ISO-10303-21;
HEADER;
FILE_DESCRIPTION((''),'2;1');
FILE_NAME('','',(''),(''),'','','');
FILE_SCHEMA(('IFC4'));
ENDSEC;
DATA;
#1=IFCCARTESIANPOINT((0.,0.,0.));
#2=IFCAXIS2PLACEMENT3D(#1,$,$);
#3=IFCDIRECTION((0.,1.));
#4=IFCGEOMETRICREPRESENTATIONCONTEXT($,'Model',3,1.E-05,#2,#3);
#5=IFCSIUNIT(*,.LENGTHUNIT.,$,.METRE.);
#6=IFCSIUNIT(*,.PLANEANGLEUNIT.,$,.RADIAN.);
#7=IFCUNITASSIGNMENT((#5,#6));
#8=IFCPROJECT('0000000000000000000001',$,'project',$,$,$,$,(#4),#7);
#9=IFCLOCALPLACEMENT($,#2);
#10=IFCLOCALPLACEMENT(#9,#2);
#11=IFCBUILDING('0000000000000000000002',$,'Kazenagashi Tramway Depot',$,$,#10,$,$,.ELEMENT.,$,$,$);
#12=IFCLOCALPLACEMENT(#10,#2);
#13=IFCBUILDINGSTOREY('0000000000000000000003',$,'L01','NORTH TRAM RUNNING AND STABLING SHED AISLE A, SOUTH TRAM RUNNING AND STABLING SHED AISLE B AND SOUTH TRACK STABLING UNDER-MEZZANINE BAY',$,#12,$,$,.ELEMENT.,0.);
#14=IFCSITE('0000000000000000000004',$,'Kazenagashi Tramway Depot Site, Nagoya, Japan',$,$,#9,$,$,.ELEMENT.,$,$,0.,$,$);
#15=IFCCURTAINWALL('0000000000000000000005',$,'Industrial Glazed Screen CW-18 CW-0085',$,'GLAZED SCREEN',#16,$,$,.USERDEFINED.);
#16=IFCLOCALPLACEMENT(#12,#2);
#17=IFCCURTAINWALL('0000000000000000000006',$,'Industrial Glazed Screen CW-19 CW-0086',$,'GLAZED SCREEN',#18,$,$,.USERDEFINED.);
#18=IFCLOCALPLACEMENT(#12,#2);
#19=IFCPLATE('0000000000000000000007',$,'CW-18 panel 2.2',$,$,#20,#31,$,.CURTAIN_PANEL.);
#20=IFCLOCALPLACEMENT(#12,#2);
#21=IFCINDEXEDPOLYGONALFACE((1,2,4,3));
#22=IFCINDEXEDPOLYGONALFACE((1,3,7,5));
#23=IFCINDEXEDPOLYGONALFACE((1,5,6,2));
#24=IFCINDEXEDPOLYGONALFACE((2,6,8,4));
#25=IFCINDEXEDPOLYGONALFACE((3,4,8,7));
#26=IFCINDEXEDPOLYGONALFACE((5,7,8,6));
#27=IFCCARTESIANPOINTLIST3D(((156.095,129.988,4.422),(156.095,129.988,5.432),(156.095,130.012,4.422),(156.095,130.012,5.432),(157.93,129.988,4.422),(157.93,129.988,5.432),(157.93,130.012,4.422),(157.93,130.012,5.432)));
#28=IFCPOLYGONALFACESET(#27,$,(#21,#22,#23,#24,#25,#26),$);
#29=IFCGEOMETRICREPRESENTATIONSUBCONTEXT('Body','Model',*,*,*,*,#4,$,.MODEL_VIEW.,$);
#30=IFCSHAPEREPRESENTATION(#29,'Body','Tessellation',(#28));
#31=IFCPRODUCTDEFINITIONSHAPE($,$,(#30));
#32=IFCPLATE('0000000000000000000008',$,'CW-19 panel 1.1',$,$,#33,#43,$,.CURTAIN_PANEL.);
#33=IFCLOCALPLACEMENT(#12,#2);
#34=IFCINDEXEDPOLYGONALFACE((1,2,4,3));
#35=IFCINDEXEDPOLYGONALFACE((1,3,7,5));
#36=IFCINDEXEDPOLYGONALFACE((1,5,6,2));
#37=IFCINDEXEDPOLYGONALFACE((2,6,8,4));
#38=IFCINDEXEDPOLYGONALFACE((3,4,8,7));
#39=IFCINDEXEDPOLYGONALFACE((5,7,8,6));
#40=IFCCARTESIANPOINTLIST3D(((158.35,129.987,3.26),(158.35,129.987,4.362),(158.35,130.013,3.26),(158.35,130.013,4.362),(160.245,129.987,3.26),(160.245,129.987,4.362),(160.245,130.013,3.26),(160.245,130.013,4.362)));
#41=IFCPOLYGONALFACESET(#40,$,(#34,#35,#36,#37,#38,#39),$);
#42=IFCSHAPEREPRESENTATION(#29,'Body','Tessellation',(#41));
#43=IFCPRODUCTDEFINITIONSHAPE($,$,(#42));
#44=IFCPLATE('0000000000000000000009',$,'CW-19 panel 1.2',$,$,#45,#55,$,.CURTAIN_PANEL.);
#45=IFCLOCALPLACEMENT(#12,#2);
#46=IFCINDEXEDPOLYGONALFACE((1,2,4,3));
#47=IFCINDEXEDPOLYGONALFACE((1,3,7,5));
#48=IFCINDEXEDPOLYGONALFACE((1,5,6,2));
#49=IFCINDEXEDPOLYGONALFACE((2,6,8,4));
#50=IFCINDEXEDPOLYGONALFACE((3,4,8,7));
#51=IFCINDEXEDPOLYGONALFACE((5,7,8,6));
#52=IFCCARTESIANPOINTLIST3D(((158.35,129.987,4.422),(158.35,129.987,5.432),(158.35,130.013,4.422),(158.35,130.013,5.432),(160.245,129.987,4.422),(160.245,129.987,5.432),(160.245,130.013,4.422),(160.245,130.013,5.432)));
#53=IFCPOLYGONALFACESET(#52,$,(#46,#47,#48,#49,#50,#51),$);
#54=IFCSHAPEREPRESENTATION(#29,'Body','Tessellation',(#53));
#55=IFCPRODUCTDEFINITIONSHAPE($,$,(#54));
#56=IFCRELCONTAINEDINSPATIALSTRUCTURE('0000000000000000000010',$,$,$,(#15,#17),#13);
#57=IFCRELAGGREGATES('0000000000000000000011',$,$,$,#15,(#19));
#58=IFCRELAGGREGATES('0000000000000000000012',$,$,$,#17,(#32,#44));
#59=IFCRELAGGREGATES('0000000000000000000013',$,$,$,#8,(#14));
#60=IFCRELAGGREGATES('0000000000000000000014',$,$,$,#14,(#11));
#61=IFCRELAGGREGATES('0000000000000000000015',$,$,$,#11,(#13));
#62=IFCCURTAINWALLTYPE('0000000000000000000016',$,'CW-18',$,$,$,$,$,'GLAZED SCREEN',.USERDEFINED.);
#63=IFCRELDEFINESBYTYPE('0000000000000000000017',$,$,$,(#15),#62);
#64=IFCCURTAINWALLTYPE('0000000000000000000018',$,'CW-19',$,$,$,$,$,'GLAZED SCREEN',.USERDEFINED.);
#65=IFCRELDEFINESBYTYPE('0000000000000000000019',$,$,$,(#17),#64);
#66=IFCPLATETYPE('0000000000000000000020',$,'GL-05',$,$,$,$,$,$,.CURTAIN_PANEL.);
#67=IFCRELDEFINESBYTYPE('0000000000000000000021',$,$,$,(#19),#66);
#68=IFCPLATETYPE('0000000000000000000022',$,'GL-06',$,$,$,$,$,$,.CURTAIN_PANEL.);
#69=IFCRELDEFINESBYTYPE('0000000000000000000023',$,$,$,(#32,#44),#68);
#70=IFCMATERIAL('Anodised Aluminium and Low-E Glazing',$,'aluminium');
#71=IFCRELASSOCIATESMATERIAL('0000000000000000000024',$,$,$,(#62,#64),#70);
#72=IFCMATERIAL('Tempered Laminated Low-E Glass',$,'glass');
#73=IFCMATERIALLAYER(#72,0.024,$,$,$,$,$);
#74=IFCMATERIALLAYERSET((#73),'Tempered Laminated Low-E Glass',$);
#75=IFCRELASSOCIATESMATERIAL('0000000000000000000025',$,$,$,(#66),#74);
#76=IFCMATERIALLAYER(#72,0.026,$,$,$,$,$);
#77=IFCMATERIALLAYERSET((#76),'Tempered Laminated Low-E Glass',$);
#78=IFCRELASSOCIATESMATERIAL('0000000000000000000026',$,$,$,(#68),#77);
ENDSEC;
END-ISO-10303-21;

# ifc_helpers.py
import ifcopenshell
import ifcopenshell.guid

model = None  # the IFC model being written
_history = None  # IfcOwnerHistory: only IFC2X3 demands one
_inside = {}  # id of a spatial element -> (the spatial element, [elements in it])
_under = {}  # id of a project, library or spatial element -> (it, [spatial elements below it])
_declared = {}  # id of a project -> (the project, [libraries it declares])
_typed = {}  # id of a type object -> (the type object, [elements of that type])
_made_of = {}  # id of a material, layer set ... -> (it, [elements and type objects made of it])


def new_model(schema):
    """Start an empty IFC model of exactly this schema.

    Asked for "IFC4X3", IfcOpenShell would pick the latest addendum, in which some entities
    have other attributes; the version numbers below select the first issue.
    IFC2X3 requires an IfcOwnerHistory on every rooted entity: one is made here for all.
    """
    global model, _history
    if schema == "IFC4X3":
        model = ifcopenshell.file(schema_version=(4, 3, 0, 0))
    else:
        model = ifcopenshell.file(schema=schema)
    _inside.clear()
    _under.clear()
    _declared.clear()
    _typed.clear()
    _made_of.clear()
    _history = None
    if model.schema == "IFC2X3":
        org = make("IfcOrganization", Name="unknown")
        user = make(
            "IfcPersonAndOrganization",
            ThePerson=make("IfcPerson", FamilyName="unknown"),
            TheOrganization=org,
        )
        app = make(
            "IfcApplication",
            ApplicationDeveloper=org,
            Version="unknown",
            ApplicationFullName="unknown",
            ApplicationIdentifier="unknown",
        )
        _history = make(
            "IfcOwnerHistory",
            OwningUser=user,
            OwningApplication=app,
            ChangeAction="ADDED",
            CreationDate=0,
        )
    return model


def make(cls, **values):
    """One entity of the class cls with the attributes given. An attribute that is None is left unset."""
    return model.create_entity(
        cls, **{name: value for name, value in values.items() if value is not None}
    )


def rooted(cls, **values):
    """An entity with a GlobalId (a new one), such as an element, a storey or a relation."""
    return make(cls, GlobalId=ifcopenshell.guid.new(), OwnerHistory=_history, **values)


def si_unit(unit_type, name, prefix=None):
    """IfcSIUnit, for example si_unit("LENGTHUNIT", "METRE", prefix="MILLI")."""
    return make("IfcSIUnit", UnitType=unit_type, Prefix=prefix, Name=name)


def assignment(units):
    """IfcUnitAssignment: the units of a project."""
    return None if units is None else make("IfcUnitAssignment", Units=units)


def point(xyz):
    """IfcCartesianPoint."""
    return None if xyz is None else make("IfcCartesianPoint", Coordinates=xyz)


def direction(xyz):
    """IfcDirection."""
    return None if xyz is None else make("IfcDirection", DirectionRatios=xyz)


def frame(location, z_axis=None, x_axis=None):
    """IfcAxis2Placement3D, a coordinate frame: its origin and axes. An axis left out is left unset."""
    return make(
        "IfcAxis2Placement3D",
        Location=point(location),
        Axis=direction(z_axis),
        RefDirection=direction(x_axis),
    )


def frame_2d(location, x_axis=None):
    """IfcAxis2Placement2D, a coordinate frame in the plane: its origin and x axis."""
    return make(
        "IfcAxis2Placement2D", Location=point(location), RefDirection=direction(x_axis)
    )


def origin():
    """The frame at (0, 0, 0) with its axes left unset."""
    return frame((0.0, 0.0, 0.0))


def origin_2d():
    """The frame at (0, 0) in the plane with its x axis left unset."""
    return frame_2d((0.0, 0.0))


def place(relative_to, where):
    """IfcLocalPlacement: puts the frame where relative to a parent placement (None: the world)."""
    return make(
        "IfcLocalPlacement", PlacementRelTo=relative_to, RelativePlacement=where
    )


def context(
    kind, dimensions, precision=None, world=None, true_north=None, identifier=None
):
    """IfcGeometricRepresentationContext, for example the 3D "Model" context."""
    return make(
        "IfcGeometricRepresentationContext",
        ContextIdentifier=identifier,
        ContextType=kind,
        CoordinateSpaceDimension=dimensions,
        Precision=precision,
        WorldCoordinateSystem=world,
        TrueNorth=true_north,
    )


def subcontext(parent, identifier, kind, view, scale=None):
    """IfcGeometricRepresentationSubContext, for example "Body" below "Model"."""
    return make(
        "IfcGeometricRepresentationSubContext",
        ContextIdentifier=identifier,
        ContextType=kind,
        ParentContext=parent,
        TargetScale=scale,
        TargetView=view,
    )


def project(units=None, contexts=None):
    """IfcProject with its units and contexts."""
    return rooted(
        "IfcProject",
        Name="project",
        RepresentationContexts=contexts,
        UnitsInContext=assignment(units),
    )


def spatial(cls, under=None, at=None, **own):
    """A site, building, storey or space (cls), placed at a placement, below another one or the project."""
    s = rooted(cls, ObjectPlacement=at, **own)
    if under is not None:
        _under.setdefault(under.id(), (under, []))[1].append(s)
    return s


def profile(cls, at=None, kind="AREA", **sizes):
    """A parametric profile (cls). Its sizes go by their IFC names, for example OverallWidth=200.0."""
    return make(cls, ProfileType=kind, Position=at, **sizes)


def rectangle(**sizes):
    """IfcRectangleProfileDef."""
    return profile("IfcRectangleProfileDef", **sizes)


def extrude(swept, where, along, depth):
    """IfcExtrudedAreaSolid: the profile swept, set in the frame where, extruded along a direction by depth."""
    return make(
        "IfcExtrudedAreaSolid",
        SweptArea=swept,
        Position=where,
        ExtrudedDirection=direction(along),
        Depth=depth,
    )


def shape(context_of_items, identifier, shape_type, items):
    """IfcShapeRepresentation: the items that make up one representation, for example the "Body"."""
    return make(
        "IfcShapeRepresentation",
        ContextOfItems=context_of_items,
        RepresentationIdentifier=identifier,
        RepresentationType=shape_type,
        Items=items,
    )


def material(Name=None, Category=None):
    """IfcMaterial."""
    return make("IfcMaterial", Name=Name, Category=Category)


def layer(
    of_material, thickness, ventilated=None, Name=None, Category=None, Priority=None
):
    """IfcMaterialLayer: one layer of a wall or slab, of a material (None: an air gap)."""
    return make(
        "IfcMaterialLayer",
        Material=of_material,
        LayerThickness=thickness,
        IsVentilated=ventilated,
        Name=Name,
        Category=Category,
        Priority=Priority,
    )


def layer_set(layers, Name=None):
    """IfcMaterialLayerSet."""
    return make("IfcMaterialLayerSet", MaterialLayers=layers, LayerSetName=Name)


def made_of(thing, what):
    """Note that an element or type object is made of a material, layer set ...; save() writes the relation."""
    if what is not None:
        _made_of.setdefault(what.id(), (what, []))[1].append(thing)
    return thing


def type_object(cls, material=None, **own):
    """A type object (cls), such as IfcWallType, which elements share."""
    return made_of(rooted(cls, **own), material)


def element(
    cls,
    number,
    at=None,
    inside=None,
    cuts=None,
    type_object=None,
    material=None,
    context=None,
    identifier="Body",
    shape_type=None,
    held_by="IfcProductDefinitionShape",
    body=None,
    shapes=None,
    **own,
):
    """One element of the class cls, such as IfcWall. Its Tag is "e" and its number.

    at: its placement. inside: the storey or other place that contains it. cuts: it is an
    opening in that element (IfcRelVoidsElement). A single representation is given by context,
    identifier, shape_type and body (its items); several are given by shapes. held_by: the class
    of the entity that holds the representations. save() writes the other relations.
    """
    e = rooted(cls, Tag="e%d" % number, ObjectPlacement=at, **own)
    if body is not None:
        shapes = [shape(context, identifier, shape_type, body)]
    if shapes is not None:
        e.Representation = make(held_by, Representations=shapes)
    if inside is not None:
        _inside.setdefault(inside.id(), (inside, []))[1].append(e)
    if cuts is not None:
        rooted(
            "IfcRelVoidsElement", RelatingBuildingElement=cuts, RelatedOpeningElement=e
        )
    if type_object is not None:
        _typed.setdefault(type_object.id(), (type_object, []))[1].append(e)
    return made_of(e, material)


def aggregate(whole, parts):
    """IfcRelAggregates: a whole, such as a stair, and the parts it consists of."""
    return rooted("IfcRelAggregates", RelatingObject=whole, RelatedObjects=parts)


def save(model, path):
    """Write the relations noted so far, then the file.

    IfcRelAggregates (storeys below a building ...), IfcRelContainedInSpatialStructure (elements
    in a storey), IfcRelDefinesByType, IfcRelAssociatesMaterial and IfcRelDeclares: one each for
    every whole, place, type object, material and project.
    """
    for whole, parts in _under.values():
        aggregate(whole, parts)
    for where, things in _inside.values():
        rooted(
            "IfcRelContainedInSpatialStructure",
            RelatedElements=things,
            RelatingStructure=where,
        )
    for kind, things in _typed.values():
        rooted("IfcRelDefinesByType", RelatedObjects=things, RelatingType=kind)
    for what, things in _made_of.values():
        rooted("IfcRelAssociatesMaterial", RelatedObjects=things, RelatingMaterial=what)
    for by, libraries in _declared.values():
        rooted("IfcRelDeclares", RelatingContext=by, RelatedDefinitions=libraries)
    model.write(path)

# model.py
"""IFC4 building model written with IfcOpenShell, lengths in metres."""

from ifc_helpers import new_model, si_unit, direction, frame, origin, origin_2d, place, context, subcontext, project, spatial, rectangle, extrude, material, layer, layer_set, type_object, element, aggregate, save


model = new_model("IFC4")

# Units and contexts
model_context = context("Model", 3, precision=1e-05, world=origin(), true_north=direction((0.0, 1.0)))
body_context = subcontext(model_context, "Body", "Model", "MODEL_VIEW")
ifc_project = project(units=[si_unit("LENGTHUNIT", "METRE"), si_unit("PLANEANGLEUNIT", "RADIAN")], contexts=[model_context])

# Site, building, storey
site_placement = place(None, origin())
site = spatial("IfcSite", under=ifc_project, at=site_placement, Name="Kazenagashi Tramway Depot Site, Nagoya, Japan", CompositionType="ELEMENT", RefElevation=0.0)
building_placement = place(site_placement, origin())
building = spatial("IfcBuilding", under=site, at=building_placement, Name="Kazenagashi Tramway Depot", CompositionType="ELEMENT")
storey_placement = place(building_placement, origin())
storey = spatial("IfcBuildingStorey", under=building, at=storey_placement, Name="L01", Description="NORTH TRAM RUNNING AND STABLING SHED AISLE A, SOUTH TRAM RUNNING AND STABLING SHED AISLE B AND SOUTH TRACK STABLING UNDER-MEZZANINE BAY", CompositionType="ELEMENT", Elevation=0.0)

# Curtain walls
ifc_material_1 = material(Name="Anodised Aluminium and Low-E Glazing", Category="aluminium")
curtain_wall_type_1 = type_object("IfcCurtainWallType", Name="CW-18", ElementType="GLAZED SCREEN", PredefinedType="USERDEFINED", material=ifc_material_1)
curtain_wall_1_placement = place(storey_placement, origin())
curtain_wall_1 = element("IfcCurtainWall", 1, at=curtain_wall_1_placement, inside=storey, type_object=curtain_wall_type_1, Name="Industrial Glazed Screen CW-18 CW-0085", ObjectType="GLAZED SCREEN", PredefinedType="USERDEFINED")
curtain_wall_type_2 = type_object("IfcCurtainWallType", Name="CW-19", ElementType="GLAZED SCREEN", PredefinedType="USERDEFINED", material=ifc_material_1)
curtain_wall_2_placement = place(storey_placement, origin())
curtain_wall_2 = element("IfcCurtainWall", 2, at=curtain_wall_2_placement, inside=storey, type_object=curtain_wall_type_2, Name="Industrial Glazed Screen CW-19 CW-0086", ObjectType="GLAZED SCREEN", PredefinedType="USERDEFINED")

# Plates
ifc_material_2 = material(Name="Tempered Laminated Low-E Glass", Category="glass")
ifc_layer_1 = layer(ifc_material_2, 0.024)
ifc_layer_set_1 = layer_set([ifc_layer_1], Name="Tempered Laminated Low-E Glass")
plate_type_1 = type_object("IfcPlateType", Name="GL-05", PredefinedType="CURTAIN_PANEL", material=ifc_layer_set_1)
plate_1_placement = place(storey_placement, frame((157.0125, 130.0, 4.422), z_axis=(0.0, 0.0, 1.0), x_axis=(1.0, 0.0, 0.0)))
plate_1 = element("IfcPlate", 3, at=plate_1_placement, type_object=plate_type_1, Name="CW-18 panel 2.2", PredefinedType="CURTAIN_PANEL", context=body_context, shape_type="SweptSolid", body=[
    extrude(rectangle(XDim=1.835, YDim=0.024, at=origin_2d()), origin(), (0.0, 0.0, 1.0), 1.01),
])
aggregate(curtain_wall_1, [plate_1])
ifc_layer_2 = layer(ifc_material_2, 0.026)
ifc_layer_set_2 = layer_set([ifc_layer_2], Name="Tempered Laminated Low-E Glass")
plate_type_2 = type_object("IfcPlateType", Name="GL-06", PredefinedType="CURTAIN_PANEL", material=ifc_layer_set_2)
plate_2_placement = place(storey_placement, frame((159.2975, 130.0, 3.26), z_axis=(0.0, 0.0, 1.0), x_axis=(1.0, 0.0, 0.0)))
plate_2 = element("IfcPlate", 4, at=plate_2_placement, type_object=plate_type_2, Name="CW-19 panel 1.1", PredefinedType="CURTAIN_PANEL", context=body_context, shape_type="SweptSolid", body=[
    extrude(rectangle(XDim=1.895, YDim=0.026, at=origin_2d()), origin(), (0.0, 0.0, 1.0), 1.102),
])
plate_3_placement = place(storey_placement, frame((159.2975, 130.0, 4.422), z_axis=(0.0, 0.0, 1.0), x_axis=(1.0, 0.0, 0.0)))
plate_3 = element("IfcPlate", 5, at=plate_3_placement, type_object=plate_type_2, Name="CW-19 panel 1.2", PredefinedType="CURTAIN_PANEL", context=body_context, shape_type="SweptSolid", body=[
    extrude(rectangle(XDim=1.895, YDim=0.026, at=origin_2d()), origin(), (0.0, 0.0, 1.0), 1.01),
])
aggregate(curtain_wall_2, [plate_2, plate_3])

save(model, "model.ifc")
